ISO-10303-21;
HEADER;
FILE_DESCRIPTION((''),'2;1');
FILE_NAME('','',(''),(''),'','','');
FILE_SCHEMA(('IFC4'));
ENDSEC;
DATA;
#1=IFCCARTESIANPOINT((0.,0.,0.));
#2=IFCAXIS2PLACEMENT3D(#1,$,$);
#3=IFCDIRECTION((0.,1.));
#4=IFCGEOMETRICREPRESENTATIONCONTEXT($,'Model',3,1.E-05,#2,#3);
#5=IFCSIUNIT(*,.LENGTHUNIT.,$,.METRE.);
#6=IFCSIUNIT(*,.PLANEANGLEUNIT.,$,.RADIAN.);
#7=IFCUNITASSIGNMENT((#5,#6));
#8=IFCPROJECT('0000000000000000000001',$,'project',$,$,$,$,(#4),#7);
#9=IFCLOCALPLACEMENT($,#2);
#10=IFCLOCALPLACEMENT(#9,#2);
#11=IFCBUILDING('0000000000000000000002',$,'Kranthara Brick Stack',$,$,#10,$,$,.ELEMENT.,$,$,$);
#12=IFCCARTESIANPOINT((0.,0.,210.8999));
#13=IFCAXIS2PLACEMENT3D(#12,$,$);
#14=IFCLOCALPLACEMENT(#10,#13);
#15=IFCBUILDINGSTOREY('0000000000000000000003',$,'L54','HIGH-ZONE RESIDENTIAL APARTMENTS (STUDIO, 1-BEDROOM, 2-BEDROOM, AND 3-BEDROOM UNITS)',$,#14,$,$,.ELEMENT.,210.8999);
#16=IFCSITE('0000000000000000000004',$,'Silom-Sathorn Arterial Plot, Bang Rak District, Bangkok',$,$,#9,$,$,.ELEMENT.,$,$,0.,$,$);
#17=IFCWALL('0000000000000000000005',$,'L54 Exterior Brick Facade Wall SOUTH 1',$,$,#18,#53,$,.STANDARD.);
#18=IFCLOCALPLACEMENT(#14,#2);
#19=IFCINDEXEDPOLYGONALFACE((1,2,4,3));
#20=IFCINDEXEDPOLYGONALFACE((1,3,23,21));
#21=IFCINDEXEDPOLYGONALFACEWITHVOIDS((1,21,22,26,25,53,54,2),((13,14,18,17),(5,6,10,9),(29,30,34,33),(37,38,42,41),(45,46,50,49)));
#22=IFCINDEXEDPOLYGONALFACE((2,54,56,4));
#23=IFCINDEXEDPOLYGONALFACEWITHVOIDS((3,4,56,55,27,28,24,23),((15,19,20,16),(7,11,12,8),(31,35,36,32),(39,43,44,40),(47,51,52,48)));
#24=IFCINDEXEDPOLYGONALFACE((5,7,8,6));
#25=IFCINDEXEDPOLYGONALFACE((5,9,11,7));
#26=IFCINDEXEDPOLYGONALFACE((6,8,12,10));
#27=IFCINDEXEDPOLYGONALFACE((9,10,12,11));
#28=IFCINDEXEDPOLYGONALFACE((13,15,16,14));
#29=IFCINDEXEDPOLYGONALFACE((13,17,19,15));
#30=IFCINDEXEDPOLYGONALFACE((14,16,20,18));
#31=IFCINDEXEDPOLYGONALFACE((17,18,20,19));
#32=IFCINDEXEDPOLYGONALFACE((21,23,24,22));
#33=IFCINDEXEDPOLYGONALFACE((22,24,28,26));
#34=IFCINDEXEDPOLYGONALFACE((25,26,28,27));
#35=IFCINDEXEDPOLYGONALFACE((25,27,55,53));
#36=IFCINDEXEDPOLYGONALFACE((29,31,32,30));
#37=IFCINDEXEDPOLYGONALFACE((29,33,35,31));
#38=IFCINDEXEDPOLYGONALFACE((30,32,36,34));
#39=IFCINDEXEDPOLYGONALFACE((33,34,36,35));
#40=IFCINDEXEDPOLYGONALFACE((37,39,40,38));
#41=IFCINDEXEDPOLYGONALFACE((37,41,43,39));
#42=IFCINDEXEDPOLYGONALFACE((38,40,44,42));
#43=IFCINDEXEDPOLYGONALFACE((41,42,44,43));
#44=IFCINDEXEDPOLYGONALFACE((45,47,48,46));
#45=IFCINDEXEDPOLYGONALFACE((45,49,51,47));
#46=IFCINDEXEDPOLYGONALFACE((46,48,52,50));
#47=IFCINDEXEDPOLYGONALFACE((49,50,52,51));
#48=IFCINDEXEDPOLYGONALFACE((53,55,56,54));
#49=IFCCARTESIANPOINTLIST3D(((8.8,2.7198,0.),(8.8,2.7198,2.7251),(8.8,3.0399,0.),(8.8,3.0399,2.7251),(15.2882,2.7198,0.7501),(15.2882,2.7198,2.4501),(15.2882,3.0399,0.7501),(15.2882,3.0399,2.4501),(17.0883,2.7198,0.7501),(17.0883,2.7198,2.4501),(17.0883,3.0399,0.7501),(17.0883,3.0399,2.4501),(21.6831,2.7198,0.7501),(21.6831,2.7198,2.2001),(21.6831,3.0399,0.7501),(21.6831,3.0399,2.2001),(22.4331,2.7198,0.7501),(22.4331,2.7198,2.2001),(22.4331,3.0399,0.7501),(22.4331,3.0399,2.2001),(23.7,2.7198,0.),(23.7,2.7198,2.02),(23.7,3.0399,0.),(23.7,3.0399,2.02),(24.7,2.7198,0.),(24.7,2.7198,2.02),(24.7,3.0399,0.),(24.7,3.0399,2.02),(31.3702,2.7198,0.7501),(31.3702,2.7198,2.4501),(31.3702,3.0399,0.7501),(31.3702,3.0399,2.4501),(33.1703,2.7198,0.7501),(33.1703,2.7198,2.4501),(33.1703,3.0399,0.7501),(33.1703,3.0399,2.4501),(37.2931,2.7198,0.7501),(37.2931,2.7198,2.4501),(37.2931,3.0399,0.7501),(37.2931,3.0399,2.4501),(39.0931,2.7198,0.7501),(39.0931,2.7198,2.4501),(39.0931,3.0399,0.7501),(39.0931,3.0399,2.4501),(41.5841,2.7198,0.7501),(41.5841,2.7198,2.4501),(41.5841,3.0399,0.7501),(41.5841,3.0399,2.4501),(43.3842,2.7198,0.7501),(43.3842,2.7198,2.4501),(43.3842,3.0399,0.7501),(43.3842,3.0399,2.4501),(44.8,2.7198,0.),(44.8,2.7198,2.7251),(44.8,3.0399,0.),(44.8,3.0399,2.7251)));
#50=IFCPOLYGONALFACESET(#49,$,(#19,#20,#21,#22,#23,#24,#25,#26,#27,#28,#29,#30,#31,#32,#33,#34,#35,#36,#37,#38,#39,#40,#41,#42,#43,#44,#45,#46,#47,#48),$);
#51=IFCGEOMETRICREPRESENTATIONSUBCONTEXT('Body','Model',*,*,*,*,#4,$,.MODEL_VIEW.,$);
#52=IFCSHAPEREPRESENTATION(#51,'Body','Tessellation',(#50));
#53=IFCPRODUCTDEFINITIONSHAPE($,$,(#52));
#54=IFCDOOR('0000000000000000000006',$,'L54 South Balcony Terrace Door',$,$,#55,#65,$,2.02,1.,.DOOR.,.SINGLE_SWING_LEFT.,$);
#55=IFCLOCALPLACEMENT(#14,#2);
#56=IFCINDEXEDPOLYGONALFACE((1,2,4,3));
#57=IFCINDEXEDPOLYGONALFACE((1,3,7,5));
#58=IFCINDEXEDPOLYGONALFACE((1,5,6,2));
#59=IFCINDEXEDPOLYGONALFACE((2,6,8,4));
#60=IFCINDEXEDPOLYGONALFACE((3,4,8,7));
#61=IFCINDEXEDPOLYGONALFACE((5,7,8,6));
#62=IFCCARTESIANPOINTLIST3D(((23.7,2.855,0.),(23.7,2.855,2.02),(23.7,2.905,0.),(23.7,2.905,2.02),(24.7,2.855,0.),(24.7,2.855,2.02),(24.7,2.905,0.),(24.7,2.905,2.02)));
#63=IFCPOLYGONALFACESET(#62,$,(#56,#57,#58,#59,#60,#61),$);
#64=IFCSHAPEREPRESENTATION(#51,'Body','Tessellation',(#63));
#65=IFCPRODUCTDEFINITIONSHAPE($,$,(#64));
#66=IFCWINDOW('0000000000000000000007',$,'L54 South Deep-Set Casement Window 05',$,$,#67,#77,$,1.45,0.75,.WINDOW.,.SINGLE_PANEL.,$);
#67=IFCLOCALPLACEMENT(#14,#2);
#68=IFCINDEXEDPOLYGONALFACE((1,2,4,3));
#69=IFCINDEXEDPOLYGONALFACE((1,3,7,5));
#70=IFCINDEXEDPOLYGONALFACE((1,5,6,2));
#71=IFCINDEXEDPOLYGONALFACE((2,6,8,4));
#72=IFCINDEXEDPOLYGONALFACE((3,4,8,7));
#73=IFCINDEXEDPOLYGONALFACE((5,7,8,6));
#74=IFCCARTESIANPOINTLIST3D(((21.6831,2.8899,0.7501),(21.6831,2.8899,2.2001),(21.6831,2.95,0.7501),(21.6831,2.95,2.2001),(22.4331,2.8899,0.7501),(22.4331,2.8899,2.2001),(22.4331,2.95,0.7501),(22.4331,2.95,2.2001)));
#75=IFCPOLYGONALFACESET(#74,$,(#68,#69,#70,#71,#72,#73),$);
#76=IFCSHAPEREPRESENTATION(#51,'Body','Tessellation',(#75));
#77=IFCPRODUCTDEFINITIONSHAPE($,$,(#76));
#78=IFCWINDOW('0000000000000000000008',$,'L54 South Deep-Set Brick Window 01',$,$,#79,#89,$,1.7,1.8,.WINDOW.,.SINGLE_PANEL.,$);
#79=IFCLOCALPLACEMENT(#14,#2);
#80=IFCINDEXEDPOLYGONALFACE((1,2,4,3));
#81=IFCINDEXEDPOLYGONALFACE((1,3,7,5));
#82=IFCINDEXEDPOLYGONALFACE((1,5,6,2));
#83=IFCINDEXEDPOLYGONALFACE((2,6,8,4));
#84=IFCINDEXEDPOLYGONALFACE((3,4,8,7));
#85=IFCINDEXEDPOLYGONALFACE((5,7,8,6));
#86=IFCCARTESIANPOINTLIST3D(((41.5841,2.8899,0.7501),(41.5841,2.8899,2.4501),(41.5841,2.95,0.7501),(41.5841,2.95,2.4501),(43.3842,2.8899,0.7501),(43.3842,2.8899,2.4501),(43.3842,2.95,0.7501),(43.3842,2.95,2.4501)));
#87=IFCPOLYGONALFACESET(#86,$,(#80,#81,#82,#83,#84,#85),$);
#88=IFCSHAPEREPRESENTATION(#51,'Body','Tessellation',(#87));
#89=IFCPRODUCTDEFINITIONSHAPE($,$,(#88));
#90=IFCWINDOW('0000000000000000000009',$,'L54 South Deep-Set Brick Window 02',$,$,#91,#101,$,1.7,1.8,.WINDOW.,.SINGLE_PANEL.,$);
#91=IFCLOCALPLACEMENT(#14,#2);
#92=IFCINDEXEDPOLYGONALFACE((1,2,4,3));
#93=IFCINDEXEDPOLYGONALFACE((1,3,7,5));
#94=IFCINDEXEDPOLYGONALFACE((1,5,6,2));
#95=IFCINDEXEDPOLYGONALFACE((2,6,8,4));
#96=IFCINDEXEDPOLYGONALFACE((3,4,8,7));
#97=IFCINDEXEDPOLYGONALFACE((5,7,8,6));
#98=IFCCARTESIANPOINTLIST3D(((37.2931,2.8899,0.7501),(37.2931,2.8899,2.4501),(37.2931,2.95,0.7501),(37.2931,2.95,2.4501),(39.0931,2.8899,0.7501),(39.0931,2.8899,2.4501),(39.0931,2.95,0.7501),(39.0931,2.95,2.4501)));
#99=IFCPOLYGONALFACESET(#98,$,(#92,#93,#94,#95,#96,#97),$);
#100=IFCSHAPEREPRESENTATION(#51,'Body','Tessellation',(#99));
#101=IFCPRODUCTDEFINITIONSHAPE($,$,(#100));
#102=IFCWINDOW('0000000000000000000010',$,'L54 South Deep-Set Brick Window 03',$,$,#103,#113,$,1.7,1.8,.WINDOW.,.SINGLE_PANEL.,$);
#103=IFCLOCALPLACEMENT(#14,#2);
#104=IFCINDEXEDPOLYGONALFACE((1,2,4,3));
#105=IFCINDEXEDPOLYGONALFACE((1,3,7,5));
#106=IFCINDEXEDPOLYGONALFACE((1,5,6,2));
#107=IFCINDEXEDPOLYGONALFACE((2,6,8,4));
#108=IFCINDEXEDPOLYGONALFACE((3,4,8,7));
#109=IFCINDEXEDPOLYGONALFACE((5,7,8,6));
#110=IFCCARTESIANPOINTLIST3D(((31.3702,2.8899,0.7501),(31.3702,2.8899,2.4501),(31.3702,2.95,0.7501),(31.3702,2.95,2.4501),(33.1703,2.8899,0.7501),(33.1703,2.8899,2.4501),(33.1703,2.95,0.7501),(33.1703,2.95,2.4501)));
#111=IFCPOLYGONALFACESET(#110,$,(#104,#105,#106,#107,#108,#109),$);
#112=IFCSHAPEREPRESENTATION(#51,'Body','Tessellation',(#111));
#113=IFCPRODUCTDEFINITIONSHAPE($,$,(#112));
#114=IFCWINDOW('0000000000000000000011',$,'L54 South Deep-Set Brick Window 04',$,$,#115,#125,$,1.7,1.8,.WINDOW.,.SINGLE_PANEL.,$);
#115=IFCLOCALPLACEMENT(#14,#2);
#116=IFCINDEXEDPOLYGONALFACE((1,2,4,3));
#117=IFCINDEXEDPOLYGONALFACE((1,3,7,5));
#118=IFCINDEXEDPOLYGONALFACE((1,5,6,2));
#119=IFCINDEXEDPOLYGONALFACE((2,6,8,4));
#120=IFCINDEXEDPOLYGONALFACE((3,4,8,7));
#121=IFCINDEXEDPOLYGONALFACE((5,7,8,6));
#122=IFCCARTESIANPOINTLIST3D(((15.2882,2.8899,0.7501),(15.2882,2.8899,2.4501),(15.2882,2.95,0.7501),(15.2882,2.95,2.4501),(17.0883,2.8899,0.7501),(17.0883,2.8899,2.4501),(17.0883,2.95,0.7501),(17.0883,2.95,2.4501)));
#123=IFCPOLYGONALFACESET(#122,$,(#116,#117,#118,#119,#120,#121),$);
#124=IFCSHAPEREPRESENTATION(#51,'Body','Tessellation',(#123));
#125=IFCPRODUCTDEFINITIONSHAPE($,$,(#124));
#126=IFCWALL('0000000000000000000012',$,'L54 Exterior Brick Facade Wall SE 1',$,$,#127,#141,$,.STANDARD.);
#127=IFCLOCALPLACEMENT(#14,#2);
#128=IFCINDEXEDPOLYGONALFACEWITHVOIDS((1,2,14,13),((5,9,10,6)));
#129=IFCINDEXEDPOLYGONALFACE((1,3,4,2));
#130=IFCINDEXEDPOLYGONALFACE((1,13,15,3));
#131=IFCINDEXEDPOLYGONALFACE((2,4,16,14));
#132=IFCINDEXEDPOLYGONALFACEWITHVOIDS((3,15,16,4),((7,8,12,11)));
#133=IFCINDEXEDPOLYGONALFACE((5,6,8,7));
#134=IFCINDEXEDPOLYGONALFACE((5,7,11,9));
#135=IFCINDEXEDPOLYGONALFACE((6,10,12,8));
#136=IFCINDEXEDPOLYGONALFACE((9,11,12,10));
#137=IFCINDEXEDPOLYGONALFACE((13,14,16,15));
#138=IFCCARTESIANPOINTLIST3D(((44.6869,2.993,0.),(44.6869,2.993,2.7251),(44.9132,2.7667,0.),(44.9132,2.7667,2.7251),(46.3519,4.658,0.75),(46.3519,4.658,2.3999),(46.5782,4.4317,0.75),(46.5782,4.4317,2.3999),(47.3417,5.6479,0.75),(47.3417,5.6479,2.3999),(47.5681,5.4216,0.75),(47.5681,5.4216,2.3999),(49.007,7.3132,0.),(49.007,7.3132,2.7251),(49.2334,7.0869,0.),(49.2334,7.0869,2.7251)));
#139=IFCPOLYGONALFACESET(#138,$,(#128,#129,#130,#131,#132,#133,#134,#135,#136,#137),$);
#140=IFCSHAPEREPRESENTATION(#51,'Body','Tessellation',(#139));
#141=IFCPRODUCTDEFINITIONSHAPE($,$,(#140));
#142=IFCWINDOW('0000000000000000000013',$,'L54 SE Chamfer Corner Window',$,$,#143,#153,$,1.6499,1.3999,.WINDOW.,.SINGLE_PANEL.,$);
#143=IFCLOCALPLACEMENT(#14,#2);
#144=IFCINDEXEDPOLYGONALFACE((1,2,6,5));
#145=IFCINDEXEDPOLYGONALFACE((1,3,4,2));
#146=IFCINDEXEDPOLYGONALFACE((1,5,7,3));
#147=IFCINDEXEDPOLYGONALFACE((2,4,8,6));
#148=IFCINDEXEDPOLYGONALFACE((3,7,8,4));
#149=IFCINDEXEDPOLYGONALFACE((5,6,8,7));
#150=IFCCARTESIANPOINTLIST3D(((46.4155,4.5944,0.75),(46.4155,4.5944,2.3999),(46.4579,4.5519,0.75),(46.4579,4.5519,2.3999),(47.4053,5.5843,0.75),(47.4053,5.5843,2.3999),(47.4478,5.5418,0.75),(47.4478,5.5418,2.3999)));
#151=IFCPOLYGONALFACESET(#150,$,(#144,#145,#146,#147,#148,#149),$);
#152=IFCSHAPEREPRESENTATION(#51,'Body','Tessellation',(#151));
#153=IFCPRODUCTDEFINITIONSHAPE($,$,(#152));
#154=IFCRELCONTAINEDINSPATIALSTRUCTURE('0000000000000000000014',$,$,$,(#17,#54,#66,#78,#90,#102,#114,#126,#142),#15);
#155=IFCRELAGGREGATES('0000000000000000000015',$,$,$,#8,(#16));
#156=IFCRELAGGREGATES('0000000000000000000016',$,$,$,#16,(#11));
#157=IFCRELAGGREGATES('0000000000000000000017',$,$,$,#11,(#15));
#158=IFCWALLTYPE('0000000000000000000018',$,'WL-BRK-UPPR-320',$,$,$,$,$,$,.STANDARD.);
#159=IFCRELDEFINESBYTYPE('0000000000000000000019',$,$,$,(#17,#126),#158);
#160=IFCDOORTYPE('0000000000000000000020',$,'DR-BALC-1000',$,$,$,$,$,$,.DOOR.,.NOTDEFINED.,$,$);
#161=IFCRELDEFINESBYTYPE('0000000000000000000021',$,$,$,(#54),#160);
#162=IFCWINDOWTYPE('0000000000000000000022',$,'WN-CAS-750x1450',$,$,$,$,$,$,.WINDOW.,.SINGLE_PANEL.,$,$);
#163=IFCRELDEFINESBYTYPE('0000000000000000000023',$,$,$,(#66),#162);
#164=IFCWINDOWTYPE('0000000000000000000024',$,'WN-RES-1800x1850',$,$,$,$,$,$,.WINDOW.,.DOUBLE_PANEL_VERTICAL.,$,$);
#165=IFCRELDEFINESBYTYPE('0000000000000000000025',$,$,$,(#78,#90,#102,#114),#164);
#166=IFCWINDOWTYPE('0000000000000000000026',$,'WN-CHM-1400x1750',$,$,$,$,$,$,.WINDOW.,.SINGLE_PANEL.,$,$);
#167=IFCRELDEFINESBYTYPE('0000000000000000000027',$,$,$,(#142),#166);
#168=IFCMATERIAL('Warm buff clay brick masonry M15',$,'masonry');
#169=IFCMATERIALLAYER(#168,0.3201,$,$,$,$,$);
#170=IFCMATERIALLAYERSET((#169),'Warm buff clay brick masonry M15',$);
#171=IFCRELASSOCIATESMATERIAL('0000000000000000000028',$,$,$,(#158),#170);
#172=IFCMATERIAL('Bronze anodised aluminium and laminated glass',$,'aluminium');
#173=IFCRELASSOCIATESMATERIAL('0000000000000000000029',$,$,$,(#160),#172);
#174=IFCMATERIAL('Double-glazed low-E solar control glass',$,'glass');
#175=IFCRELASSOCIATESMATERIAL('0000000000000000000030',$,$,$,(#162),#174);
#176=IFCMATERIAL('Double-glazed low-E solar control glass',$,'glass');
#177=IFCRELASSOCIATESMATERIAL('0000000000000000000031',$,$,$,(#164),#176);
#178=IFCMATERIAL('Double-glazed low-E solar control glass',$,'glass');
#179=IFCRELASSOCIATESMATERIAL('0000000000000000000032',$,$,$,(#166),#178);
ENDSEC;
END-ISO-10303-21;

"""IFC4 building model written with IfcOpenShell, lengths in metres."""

from ifc_helpers import new_model, si_unit, direction, frame, frame_2d, origin, place, context, subcontext, project, spatial, rectangle, extrude, material, layer, layer_set, type_object, element, fill, save


model = new_model("IFC4")

# Units and contexts
model_context = context("Model", 3, precision=1e-05, world=origin(), true_north=direction((0.0, 1.0)))
body_context = subcontext(model_context, "Body", "Model", "MODEL_VIEW")
ifc_project = project(units=[si_unit("LENGTHUNIT", "METRE"), si_unit("PLANEANGLEUNIT", "RADIAN")], contexts=[model_context])

# Site, building, storey
site_placement = place(None, origin())
site = spatial("IfcSite", under=ifc_project, at=site_placement, Name="Silom-Sathorn Arterial Plot, Bang Rak District, Bangkok", CompositionType="ELEMENT", RefElevation=0.0)
building_placement = place(site_placement, origin())
building = spatial("IfcBuilding", under=site, at=building_placement, Name="Kranthara Brick Stack", CompositionType="ELEMENT")
storey_placement = place(building_placement, frame((0.0, 0.0, 210.8999)))
storey = spatial("IfcBuildingStorey", under=building, at=storey_placement, Name="L54", Description="HIGH-ZONE RESIDENTIAL APARTMENTS (STUDIO, 1-BEDROOM, 2-BEDROOM, AND 3-BEDROOM UNITS)", CompositionType="ELEMENT", Elevation=210.8999)

# Wall, openings, door, windows
ifc_material_1 = material(Name="Warm buff clay brick masonry M15", Category="masonry")
ifc_layer_1 = layer(ifc_material_1, 0.3201)
ifc_layer_set_1 = layer_set([ifc_layer_1], Name="Warm buff clay brick masonry M15")
wall_type_1 = type_object("IfcWallType", Name="WL-BRK-UPPR-320", PredefinedType="STANDARD", material=ifc_layer_set_1)
wall_1_placement = place(storey_placement, frame((44.8, 2.8799, 0.0), z_axis=(0.0, 0.0, 1.0), x_axis=(-1.0, 0.0, 0.0)))
wall_1 = element("IfcWall", 1, at=wall_1_placement, inside=storey, type_object=wall_type_1, Name="L54 Exterior Brick Facade Wall SOUTH 1", PredefinedType="STANDARD", context=body_context, shape_type="SweptSolid", body=[
    extrude(rectangle(XDim=36.0, YDim=0.3201, at=frame_2d((18.0, 0.0))), origin(), (0.0, 0.0, 1.0), 2.7251),
])
opening_1_placement = place(wall_1_placement, frame((20.1001, 0.0, 0.0)))
opening_1 = element("IfcOpeningElement", 2, at=opening_1_placement, cuts=wall_1, PredefinedType="OPENING", context=body_context, shape_type="SweptSolid", body=[
    extrude(rectangle(XDim=1.0, YDim=2.02, at=frame_2d((0.5, 1.01))), frame((0.0, 0.1699, 0.0), z_axis=(0.0, -1.0, 0.0), x_axis=(1.0, 0.0, 0.0)), (0.0, 0.0, 1.0), 0.3401),
])
opening_2_placement = place(wall_1_placement, frame((1.416, 0.0, 0.75)))
opening_2 = element("IfcOpeningElement", 3, at=opening_2_placement, cuts=wall_1, PredefinedType="OPENING", context=body_context, shape_type="SweptSolid", body=[
    extrude(rectangle(XDim=1.8, YDim=1.7, at=frame_2d((0.8999, 0.8501))), frame((0.0, 0.1699, 0.0), z_axis=(0.0, -1.0, 0.0), x_axis=(1.0, 0.0, 0.0)), (0.0, 0.0, 1.0), 0.3401),
])
opening_3_placement = place(wall_1_placement, frame((5.707, 0.0, 0.75)))
opening_3 = element("IfcOpeningElement", 4, at=opening_3_placement, cuts=wall_1, PredefinedType="OPENING", context=body_context, shape_type="SweptSolid", body=[
    extrude(rectangle(XDim=1.8, YDim=1.7, at=frame_2d((0.8999, 0.8501))), frame((0.0, 0.1699, 0.0), z_axis=(0.0, -1.0, 0.0), x_axis=(1.0, 0.0, 0.0)), (0.0, 0.0, 1.0), 0.3401),
])
opening_4_placement = place(wall_1_placement, frame((11.6299, 0.0, 0.75)))
opening_4 = element("IfcOpeningElement", 5, at=opening_4_placement, cuts=wall_1, PredefinedType="OPENING", context=body_context, shape_type="SweptSolid", body=[
    extrude(rectangle(XDim=1.8, YDim=1.7, at=frame_2d((0.8999, 0.8501))), frame((0.0, 0.1699, 0.0), z_axis=(0.0, -1.0, 0.0), x_axis=(1.0, 0.0, 0.0)), (0.0, 0.0, 1.0), 0.3401),
])
opening_5_placement = place(wall_1_placement, frame((27.7119, 0.0, 0.75)))
opening_5 = element("IfcOpeningElement", 6, at=opening_5_placement, cuts=wall_1, PredefinedType="OPENING", context=body_context, shape_type="SweptSolid", body=[
    extrude(rectangle(XDim=1.8, YDim=1.7, at=frame_2d((0.8999, 0.8501))), frame((0.0, 0.1699, 0.0), z_axis=(0.0, -1.0, 0.0), x_axis=(1.0, 0.0, 0.0)), (0.0, 0.0, 1.0), 0.3401),
])
opening_6_placement = place(wall_1_placement, frame((22.3669, 0.0, 0.75)))
opening_6 = element("IfcOpeningElement", 7, at=opening_6_placement, cuts=wall_1, PredefinedType="OPENING", context=body_context, shape_type="SweptSolid", body=[
    extrude(rectangle(XDim=0.75, YDim=1.45, at=frame_2d((0.375, 0.7251))), frame((0.0, 0.1699, 0.0), z_axis=(0.0, -1.0, 0.0), x_axis=(1.0, 0.0, 0.0)), (0.0, 0.0, 1.0), 0.3401),
])
ifc_material_2 = material(Name="Bronze anodised aluminium and laminated glass", Category="aluminium")
door_type_1 = type_object("IfcDoorType", Name="DR-BALC-1000", OperationType="NOTDEFINED", PredefinedType="DOOR", material=ifc_material_2)
door_1_placement = place(opening_1_placement, origin())
door_1 = element("IfcDoor", 8, at=door_1_placement, inside=storey, type_object=door_type_1, Name="L54 South Balcony Terrace Door", OperationType="SINGLE_SWING_LEFT", OverallHeight=2.02, OverallWidth=1.0, PredefinedType="DOOR", context=body_context, shape_type="SweptSolid", body=[
    extrude(rectangle(XDim=1.0, YDim=2.02, at=frame_2d((0.5, 1.01))), frame((0.0, 0.0249, 0.0), z_axis=(0.0, -1.0, 0.0), x_axis=(1.0, 0.0, 0.0)), (0.0, 0.0, 1.0), 0.05),
])
fill(opening_1, door_1)
ifc_material_3 = material(Name="Double-glazed low-E solar control glass", Category="glass")
window_type_1 = type_object("IfcWindowType", Name="WN-CAS-750x1450", PartitioningType="SINGLE_PANEL", PredefinedType="WINDOW", material=ifc_material_3)
window_1_placement = place(opening_6_placement, origin())
window_1 = element("IfcWindow", 9, at=window_1_placement, inside=storey, type_object=window_type_1, Name="L54 South Deep-Set Casement Window 05", OverallHeight=1.45, OverallWidth=0.75, PartitioningType="SINGLE_PANEL", PredefinedType="WINDOW", context=body_context, shape_type="SweptSolid", body=[
    extrude(rectangle(XDim=0.75, YDim=1.45, at=frame_2d((0.375, 0.7251))), frame((0.0, -0.01, 0.0), z_axis=(0.0, -1.0, 0.0), x_axis=(1.0, 0.0, 0.0)), (0.0, 0.0, 1.0), 0.0601),
])
fill(opening_6, window_1)
ifc_material_4 = material(Name="Double-glazed low-E solar control glass", Category="glass")
window_type_2 = type_object("IfcWindowType", Name="WN-RES-1800x1850", PartitioningType="DOUBLE_PANEL_VERTICAL", PredefinedType="WINDOW", material=ifc_material_4)
window_2_placement = place(opening_2_placement, origin())
window_2 = element("IfcWindow", 10, at=window_2_placement, inside=storey, type_object=window_type_2, Name="L54 South Deep-Set Brick Window 01", OverallHeight=1.7, OverallWidth=1.8, PartitioningType="SINGLE_PANEL", PredefinedType="WINDOW", context=body_context, shape_type="SweptSolid", body=[
    extrude(rectangle(XDim=1.8, YDim=1.7, at=frame_2d((0.8999, 0.8501))), frame((0.0, -0.01, 0.0), z_axis=(0.0, -1.0, 0.0), x_axis=(1.0, 0.0, 0.0)), (0.0, 0.0, 1.0), 0.0601),
])
fill(opening_2, window_2)
window_3_placement = place(opening_3_placement, origin())
window_3 = element("IfcWindow", 11, at=window_3_placement, inside=storey, type_object=window_type_2, Name="L54 South Deep-Set Brick Window 02", OverallHeight=1.7, OverallWidth=1.8, PartitioningType="SINGLE_PANEL", PredefinedType="WINDOW", context=body_context, shape_type="SweptSolid", body=[
    extrude(rectangle(XDim=1.8, YDim=1.7, at=frame_2d((0.8999, 0.8501))), frame((0.0, -0.01, 0.0), z_axis=(0.0, -1.0, 0.0), x_axis=(1.0, 0.0, 0.0)), (0.0, 0.0, 1.0), 0.0601),
])
fill(opening_3, window_3)
window_4_placement = place(opening_4_placement, origin())
window_4 = element("IfcWindow", 12, at=window_4_placement, inside=storey, type_object=window_type_2, Name="L54 South Deep-Set Brick Window 03", OverallHeight=1.7, OverallWidth=1.8, PartitioningType="SINGLE_PANEL", PredefinedType="WINDOW", context=body_context, shape_type="SweptSolid", body=[
    extrude(rectangle(XDim=1.8, YDim=1.7, at=frame_2d((0.8999, 0.8501))), frame((0.0, -0.01, 0.0), z_axis=(0.0, -1.0, 0.0), x_axis=(1.0, 0.0, 0.0)), (0.0, 0.0, 1.0), 0.0601),
])
fill(opening_4, window_4)
window_5_placement = place(opening_5_placement, origin())
window_5 = element("IfcWindow", 13, at=window_5_placement, inside=storey, type_object=window_type_2, Name="L54 South Deep-Set Brick Window 04", OverallHeight=1.7, OverallWidth=1.8, PartitioningType="SINGLE_PANEL", PredefinedType="WINDOW", context=body_context, shape_type="SweptSolid", body=[
    extrude(rectangle(XDim=1.8, YDim=1.7, at=frame_2d((0.8999, 0.8501))), frame((0.0, -0.01, 0.0), z_axis=(0.0, -1.0, 0.0), x_axis=(1.0, 0.0, 0.0)), (0.0, 0.0, 1.0), 0.0601),
])
fill(opening_5, window_5)

# Wall, opening, window
wall_2_placement = place(storey_placement, frame((49.1201, 7.2, 0.0), z_axis=(0.0, 0.0, 1.0), x_axis=(-0.707107, -0.707107, 0.0)))
wall_2 = element("IfcWall", 14, at=wall_2_placement, inside=storey, type_object=wall_type_1, Name="L54 Exterior Brick Facade Wall SE 1", PredefinedType="STANDARD", context=body_context, shape_type="SweptSolid", body=[
    extrude(rectangle(XDim=6.1096, YDim=0.3201, at=frame_2d((3.0547, 0.0))), origin(), (0.0, 0.0, 1.0), 2.7251),
])
opening_7_placement = place(wall_2_placement, frame((2.355, 0.0, 0.75)))
opening_7 = element("IfcOpeningElement", 15, at=opening_7_placement, cuts=wall_2, PredefinedType="OPENING", context=body_context, shape_type="SweptSolid", body=[
    extrude(rectangle(XDim=1.3999, YDim=1.6499, at=frame_2d((0.7, 0.825))), frame((0.0, 0.1699, 0.0), z_axis=(0.0, -1.0, 0.0), x_axis=(1.0, 0.0, 0.0)), (0.0, 0.0, 1.0), 0.3401),
])
ifc_material_5 = material(Name="Double-glazed low-E solar control glass", Category="glass")
window_type_3 = type_object("IfcWindowType", Name="WN-CHM-1400x1750", PartitioningType="SINGLE_PANEL", PredefinedType="WINDOW", material=ifc_material_5)
window_6_placement = place(opening_7_placement, origin())
window_6 = element("IfcWindow", 16, at=window_6_placement, inside=storey, type_object=window_type_3, Name="L54 SE Chamfer Corner Window", OverallHeight=1.6499, OverallWidth=1.3999, PartitioningType="SINGLE_PANEL", PredefinedType="WINDOW", context=body_context, shape_type="SweptSolid", body=[
    extrude(rectangle(XDim=1.3999, YDim=1.6499, at=frame_2d((0.7, 0.825))), frame((0.0, -0.01, 0.0), z_axis=(0.0, -1.0, 0.0), x_axis=(1.0, 0.0, 0.0)), (0.0, 0.0, 1.0), 0.0601),
])
fill(opening_7, window_6)

save(model, "model.ifc")
